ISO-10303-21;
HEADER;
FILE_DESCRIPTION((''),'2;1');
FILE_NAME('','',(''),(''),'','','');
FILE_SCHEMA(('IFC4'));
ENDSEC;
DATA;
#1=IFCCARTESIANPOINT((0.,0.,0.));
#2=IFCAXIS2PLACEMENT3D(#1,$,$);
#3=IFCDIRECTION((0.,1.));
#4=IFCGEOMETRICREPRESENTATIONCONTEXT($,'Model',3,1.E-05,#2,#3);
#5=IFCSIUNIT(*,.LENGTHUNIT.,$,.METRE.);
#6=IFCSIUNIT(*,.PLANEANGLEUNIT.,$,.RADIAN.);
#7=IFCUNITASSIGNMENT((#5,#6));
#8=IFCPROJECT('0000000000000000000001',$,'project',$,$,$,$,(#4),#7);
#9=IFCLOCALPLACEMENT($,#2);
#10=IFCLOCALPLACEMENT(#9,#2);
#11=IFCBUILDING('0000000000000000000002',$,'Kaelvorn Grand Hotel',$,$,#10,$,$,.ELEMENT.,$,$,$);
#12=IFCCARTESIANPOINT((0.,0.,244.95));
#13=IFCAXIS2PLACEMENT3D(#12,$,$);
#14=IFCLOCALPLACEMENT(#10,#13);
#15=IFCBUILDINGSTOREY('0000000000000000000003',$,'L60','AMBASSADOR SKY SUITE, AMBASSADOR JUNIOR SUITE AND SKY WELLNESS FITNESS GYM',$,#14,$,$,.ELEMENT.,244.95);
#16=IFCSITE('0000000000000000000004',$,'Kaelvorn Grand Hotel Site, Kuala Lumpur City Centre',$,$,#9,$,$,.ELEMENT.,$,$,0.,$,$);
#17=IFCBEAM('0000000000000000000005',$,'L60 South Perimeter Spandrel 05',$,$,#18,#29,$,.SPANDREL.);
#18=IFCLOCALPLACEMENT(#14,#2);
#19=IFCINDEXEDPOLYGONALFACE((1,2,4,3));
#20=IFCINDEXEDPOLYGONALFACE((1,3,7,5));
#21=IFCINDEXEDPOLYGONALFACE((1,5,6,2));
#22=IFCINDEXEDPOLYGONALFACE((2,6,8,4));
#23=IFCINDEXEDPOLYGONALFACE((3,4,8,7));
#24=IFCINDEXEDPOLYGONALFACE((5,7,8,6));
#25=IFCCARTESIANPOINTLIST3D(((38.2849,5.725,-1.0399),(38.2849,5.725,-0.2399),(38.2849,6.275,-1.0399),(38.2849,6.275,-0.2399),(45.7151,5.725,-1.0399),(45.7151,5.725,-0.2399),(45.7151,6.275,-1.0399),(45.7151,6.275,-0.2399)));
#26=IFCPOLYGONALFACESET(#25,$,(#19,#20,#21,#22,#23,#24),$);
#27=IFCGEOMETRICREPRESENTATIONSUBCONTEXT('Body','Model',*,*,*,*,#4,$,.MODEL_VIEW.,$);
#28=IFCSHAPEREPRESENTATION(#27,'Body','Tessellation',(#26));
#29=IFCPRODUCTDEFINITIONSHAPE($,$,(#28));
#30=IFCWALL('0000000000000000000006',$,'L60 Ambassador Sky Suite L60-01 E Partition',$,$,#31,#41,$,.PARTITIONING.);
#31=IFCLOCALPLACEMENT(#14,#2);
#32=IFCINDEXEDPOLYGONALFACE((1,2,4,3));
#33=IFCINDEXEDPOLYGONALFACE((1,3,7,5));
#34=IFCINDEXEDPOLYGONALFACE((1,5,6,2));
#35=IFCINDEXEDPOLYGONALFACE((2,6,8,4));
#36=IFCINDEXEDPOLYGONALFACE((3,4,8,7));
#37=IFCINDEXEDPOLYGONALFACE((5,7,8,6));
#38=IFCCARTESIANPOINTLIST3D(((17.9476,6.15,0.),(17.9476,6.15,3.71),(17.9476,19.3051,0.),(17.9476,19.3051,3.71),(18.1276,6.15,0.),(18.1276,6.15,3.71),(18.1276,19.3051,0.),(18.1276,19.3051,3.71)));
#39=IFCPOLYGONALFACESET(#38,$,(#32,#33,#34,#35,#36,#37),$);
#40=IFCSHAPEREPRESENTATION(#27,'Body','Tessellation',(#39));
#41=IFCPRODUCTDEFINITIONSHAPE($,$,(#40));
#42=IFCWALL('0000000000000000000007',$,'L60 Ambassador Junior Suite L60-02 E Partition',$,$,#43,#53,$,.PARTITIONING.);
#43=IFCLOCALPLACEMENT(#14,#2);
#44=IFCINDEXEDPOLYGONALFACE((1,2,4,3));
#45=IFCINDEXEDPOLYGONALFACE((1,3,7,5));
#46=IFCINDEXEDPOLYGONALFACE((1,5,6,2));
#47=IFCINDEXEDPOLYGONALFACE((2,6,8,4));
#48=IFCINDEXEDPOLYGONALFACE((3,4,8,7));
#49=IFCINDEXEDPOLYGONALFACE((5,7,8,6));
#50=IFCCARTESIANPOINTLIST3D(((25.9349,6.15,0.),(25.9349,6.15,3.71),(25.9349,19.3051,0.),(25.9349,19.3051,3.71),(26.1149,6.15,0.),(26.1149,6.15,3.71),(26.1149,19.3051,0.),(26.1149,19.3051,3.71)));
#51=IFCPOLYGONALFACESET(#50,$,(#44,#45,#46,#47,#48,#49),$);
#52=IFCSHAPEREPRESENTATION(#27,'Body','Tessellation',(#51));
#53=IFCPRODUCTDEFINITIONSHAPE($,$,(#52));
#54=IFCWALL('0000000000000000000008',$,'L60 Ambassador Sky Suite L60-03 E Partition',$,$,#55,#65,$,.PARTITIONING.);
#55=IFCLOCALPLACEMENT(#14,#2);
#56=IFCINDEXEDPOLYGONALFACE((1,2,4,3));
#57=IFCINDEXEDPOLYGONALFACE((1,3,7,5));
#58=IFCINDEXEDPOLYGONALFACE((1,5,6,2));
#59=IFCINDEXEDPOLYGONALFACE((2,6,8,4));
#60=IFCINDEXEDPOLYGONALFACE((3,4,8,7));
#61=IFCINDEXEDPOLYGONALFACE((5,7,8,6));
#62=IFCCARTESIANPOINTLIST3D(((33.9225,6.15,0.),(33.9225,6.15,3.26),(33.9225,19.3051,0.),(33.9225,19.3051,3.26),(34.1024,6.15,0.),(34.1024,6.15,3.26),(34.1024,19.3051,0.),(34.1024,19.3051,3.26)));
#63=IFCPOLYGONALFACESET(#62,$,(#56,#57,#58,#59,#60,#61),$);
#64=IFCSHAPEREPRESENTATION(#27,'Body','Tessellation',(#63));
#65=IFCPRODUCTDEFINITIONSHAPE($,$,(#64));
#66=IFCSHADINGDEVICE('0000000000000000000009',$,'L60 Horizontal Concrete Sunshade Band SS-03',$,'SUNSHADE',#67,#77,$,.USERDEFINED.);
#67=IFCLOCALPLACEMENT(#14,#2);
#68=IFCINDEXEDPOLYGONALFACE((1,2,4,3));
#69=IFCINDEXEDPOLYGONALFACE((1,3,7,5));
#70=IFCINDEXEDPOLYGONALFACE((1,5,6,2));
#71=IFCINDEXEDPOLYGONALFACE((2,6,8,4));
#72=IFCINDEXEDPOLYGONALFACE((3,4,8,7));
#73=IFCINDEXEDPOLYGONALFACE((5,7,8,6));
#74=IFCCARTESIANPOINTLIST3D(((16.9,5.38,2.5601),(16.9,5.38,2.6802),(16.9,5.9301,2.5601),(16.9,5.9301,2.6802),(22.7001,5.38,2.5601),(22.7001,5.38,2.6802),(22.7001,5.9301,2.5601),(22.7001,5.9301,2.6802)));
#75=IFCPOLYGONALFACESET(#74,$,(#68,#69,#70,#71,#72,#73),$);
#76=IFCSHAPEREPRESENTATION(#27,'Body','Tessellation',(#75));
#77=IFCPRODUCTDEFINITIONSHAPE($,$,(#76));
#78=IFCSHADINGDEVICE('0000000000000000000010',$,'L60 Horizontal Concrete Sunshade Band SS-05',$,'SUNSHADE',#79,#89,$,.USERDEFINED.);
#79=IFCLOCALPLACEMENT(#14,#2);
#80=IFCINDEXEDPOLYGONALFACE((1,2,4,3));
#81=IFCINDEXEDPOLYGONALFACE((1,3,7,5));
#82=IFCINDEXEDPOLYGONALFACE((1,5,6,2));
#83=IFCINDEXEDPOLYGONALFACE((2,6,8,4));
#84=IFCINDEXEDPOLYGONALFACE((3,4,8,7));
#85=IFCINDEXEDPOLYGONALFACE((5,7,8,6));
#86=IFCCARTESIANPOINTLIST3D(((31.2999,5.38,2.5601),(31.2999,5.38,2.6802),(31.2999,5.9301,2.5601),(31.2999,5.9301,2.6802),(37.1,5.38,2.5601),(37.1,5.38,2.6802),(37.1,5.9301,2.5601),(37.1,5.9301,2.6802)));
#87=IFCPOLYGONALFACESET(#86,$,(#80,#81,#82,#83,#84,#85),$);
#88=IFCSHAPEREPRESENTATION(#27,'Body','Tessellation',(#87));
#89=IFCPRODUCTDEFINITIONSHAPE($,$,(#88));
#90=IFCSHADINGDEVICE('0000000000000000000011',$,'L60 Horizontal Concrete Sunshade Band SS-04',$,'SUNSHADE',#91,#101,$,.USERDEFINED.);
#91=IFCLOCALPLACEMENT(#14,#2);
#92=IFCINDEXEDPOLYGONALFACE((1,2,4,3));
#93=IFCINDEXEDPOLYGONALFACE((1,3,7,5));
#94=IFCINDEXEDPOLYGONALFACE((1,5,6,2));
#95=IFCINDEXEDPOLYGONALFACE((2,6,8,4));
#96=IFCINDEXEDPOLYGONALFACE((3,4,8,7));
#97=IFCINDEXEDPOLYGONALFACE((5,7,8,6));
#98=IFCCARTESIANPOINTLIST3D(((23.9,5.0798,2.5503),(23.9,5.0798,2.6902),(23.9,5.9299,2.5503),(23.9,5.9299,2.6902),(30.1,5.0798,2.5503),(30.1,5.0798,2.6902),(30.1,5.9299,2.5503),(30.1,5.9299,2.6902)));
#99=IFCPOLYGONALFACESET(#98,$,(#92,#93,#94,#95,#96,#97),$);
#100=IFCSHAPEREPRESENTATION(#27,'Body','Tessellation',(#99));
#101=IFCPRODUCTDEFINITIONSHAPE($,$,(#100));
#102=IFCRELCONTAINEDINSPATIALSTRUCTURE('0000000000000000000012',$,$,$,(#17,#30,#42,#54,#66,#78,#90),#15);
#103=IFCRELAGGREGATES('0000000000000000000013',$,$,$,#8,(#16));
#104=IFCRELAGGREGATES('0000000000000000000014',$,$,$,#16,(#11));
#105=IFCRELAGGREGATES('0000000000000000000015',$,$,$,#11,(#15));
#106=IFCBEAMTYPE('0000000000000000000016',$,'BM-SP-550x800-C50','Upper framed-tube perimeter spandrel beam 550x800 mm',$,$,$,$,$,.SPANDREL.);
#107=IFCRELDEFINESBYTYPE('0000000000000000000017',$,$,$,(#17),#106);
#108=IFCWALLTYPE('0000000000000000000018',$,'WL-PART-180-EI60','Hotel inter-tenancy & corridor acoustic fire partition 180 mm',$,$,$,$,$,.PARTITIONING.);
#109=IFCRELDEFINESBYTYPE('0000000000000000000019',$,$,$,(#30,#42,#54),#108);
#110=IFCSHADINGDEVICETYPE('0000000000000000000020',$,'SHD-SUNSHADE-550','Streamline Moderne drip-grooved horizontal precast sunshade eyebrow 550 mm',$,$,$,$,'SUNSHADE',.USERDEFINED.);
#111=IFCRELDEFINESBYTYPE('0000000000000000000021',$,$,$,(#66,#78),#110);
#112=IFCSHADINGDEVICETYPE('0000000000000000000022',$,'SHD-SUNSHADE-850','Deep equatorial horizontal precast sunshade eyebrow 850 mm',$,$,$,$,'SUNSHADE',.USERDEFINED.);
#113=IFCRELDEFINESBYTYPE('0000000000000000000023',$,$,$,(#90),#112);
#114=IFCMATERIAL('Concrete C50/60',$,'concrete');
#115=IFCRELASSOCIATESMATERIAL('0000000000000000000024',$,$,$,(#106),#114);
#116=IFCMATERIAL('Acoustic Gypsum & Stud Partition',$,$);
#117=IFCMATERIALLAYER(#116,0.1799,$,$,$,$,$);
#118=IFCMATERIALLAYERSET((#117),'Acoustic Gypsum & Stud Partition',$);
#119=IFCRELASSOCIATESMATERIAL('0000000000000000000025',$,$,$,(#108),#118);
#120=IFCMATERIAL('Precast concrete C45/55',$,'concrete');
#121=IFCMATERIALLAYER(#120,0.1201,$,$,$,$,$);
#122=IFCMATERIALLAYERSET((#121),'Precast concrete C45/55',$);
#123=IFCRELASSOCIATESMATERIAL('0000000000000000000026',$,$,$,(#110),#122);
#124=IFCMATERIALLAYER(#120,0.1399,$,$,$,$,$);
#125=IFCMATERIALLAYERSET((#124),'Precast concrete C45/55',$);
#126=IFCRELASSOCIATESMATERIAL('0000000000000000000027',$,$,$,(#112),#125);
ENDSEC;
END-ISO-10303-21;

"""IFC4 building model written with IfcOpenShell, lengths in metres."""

from ifc_helpers import new_model, si_unit, direction, frame, frame_2d, origin, origin_2d, place, context, subcontext, project, spatial, rectangle, extrude, material, layer, layer_set, material_profile, profile_set, type_object, element, save


model = new_model("IFC4")

# Units and contexts
model_context = context("Model", 3, precision=1e-05, world=origin(), true_north=direction((0.0, 1.0)))
body_context = subcontext(model_context, "Body", "Model", "MODEL_VIEW")
ifc_project = project(units=[si_unit("LENGTHUNIT", "METRE"), si_unit("PLANEANGLEUNIT", "RADIAN")], contexts=[model_context])

# Site, building, storey
site_placement = place(None, origin())
site = spatial("IfcSite", under=ifc_project, at=site_placement, Name="Kaelvorn Grand Hotel Site, Kuala Lumpur City Centre", CompositionType="ELEMENT", RefElevation=0.0)
building_placement = place(site_placement, origin())
building = spatial("IfcBuilding", under=site, at=building_placement, Name="Kaelvorn Grand Hotel", CompositionType="ELEMENT")
storey_placement = place(building_placement, frame((0.0, 0.0, 244.95)))
storey = spatial("IfcBuildingStorey", under=building, at=storey_placement, Name="L60", Description="AMBASSADOR SKY SUITE, AMBASSADOR JUNIOR SUITE AND SKY WELLNESS FITNESS GYM", CompositionType="ELEMENT", Elevation=244.95)

# Shared definitions
ifc_material_1 = material(Name="Concrete C50/60", Category="concrete")

# Beam
ifc_material_profile_1 = material_profile(ifc_material_1, rectangle(XDim=0.55, YDim=0.8, at=origin_2d()), Name="RC SPANDREL 550x800")
ifc_profile_set_1 = profile_set([ifc_material_profile_1], Name="Concrete C50/60")
beam_type_1 = type_object("IfcBeamType", Name="BM-SP-550x800-C50", Description="Upper framed-tube perimeter spandrel beam 550x800 mm", PredefinedType="SPANDREL", material=ifc_profile_set_1)
beam_1_placement = place(storey_placement, frame((38.2849, 6.0, -0.6399), z_axis=(1.0, 0.0, 0.0), x_axis=(0.0, 1.0, 0.0)))
element("IfcBeam", 1, at=beam_1_placement, inside=storey, type_object=beam_type_1, Name="L60 South Perimeter Spandrel 05", PredefinedType="SPANDREL", context=body_context, shape_type="SweptSolid", body=[
    extrude(rectangle(XDim=0.55, YDim=0.8, at=origin_2d()), origin(), (0.0, 0.0, 1.0), 7.4302),
])

# Walls
ifc_material_2 = material(Name="Acoustic Gypsum & Stud Partition")
ifc_layer_1 = layer(ifc_material_2, 0.1799)
ifc_layer_set_1 = layer_set([ifc_layer_1], Name="Acoustic Gypsum & Stud Partition")
wall_type = type_object("IfcWallType", Name="WL-PART-180-EI60", Description="Hotel inter-tenancy & corridor acoustic fire partition 180 mm", PredefinedType="PARTITIONING", material=ifc_layer_set_1)
for number, where, z_axis, x_axis, name in (
    (2, (18.0376, 6.1499, 0.0), (0.0, 0.0, 1.0), (0.0, 1.0, 0.0), "L60 Ambassador Sky Suite L60-01 E Partition"),
    (3, (26.0249, 6.1499, 0.0), (0.0, 0.0, 1.0), (0.0, 1.0, 0.0), "L60 Ambassador Junior Suite L60-02 E Partition"),
):
    element("IfcWall", number, at=place(storey_placement, frame(where, z_axis=z_axis, x_axis=x_axis)), inside=storey, type_object=wall_type, Name=name, PredefinedType="PARTITIONING", context=body_context, shape_type="SweptSolid", body=[
        extrude(rectangle(XDim=13.155, YDim=0.1799, at=frame_2d((6.5776, 0.0))), origin(), (0.0, 0.0, 1.0), 3.71),
    ])
wall_placement = place(storey_placement, frame((34.0125, 6.1499, 0.0), z_axis=(0.0, 0.0, 1.0), x_axis=(0.0, 1.0, 0.0)))
element("IfcWall", 4, at=wall_placement, inside=storey, type_object=wall_type, Name="L60 Ambassador Sky Suite L60-03 E Partition", PredefinedType="PARTITIONING", context=body_context, shape_type="SweptSolid", body=[
    extrude(rectangle(XDim=13.155, YDim=0.1799, at=frame_2d((6.5776, 0.0))), origin(), (0.0, 0.0, 1.0), 3.26),
])

# Shading devices
ifc_material_3 = material(Name="Precast concrete C45/55", Category="concrete")
ifc_layer_2 = layer(ifc_material_3, 0.1201)
ifc_layer_set_2 = layer_set([ifc_layer_2], Name="Precast concrete C45/55")
shading_device_type_1 = type_object("IfcShadingDeviceType", Name="SHD-SUNSHADE-550", Description="Streamline Moderne drip-grooved horizontal precast sunshade eyebrow 550 mm", ElementType="SUNSHADE", PredefinedType="USERDEFINED", material=ifc_layer_set_2)
for number, where, z_axis, x_axis, name in (
    (5, (19.8, 5.655, 2.5601), (0.0, 0.0, 1.0), (1.0, 0.0, 0.0), "L60 Horizontal Concrete Sunshade Band SS-03"),
    (6, (34.2, 5.655, 2.5601), (0.0, 0.0, 1.0), (1.0, 0.0, 0.0), "L60 Horizontal Concrete Sunshade Band SS-05"),
):
    element("IfcShadingDevice", number, at=place(storey_placement, frame(where, z_axis=z_axis, x_axis=x_axis)), inside=storey, type_object=shading_device_type_1, Name=name, ObjectType="SUNSHADE", PredefinedType="USERDEFINED", context=body_context, shape_type="SweptSolid", body=[
        extrude(rectangle(XDim=5.8, YDim=0.55, at=origin_2d()), origin(), (0.0, 0.0, 1.0), 0.1201),
    ])
ifc_layer_3 = layer(ifc_material_3, 0.1399)
ifc_layer_set_3 = layer_set([ifc_layer_3], Name="Precast concrete C45/55")
shading_device_type_2 = type_object("IfcShadingDeviceType", Name="SHD-SUNSHADE-850", Description="Deep equatorial horizontal precast sunshade eyebrow 850 mm", ElementType="SUNSHADE", PredefinedType="USERDEFINED", material=ifc_layer_set_3)
shading_device_placement = place(storey_placement, frame((27.0, 5.5049, 2.5503), z_axis=(0.0, 0.0, 1.0), x_axis=(1.0, 0.0, 0.0)))
element("IfcShadingDevice", 7, at=shading_device_placement, inside=storey, type_object=shading_device_type_2, Name="L60 Horizontal Concrete Sunshade Band SS-04", ObjectType="SUNSHADE", PredefinedType="USERDEFINED", context=body_context, shape_type="SweptSolid", body=[
    extrude(rectangle(XDim=6.2, YDim=0.8501, at=origin_2d()), origin(), (0.0, 0.0, 1.0), 0.1399),
])

save(model, "model.ifc")
